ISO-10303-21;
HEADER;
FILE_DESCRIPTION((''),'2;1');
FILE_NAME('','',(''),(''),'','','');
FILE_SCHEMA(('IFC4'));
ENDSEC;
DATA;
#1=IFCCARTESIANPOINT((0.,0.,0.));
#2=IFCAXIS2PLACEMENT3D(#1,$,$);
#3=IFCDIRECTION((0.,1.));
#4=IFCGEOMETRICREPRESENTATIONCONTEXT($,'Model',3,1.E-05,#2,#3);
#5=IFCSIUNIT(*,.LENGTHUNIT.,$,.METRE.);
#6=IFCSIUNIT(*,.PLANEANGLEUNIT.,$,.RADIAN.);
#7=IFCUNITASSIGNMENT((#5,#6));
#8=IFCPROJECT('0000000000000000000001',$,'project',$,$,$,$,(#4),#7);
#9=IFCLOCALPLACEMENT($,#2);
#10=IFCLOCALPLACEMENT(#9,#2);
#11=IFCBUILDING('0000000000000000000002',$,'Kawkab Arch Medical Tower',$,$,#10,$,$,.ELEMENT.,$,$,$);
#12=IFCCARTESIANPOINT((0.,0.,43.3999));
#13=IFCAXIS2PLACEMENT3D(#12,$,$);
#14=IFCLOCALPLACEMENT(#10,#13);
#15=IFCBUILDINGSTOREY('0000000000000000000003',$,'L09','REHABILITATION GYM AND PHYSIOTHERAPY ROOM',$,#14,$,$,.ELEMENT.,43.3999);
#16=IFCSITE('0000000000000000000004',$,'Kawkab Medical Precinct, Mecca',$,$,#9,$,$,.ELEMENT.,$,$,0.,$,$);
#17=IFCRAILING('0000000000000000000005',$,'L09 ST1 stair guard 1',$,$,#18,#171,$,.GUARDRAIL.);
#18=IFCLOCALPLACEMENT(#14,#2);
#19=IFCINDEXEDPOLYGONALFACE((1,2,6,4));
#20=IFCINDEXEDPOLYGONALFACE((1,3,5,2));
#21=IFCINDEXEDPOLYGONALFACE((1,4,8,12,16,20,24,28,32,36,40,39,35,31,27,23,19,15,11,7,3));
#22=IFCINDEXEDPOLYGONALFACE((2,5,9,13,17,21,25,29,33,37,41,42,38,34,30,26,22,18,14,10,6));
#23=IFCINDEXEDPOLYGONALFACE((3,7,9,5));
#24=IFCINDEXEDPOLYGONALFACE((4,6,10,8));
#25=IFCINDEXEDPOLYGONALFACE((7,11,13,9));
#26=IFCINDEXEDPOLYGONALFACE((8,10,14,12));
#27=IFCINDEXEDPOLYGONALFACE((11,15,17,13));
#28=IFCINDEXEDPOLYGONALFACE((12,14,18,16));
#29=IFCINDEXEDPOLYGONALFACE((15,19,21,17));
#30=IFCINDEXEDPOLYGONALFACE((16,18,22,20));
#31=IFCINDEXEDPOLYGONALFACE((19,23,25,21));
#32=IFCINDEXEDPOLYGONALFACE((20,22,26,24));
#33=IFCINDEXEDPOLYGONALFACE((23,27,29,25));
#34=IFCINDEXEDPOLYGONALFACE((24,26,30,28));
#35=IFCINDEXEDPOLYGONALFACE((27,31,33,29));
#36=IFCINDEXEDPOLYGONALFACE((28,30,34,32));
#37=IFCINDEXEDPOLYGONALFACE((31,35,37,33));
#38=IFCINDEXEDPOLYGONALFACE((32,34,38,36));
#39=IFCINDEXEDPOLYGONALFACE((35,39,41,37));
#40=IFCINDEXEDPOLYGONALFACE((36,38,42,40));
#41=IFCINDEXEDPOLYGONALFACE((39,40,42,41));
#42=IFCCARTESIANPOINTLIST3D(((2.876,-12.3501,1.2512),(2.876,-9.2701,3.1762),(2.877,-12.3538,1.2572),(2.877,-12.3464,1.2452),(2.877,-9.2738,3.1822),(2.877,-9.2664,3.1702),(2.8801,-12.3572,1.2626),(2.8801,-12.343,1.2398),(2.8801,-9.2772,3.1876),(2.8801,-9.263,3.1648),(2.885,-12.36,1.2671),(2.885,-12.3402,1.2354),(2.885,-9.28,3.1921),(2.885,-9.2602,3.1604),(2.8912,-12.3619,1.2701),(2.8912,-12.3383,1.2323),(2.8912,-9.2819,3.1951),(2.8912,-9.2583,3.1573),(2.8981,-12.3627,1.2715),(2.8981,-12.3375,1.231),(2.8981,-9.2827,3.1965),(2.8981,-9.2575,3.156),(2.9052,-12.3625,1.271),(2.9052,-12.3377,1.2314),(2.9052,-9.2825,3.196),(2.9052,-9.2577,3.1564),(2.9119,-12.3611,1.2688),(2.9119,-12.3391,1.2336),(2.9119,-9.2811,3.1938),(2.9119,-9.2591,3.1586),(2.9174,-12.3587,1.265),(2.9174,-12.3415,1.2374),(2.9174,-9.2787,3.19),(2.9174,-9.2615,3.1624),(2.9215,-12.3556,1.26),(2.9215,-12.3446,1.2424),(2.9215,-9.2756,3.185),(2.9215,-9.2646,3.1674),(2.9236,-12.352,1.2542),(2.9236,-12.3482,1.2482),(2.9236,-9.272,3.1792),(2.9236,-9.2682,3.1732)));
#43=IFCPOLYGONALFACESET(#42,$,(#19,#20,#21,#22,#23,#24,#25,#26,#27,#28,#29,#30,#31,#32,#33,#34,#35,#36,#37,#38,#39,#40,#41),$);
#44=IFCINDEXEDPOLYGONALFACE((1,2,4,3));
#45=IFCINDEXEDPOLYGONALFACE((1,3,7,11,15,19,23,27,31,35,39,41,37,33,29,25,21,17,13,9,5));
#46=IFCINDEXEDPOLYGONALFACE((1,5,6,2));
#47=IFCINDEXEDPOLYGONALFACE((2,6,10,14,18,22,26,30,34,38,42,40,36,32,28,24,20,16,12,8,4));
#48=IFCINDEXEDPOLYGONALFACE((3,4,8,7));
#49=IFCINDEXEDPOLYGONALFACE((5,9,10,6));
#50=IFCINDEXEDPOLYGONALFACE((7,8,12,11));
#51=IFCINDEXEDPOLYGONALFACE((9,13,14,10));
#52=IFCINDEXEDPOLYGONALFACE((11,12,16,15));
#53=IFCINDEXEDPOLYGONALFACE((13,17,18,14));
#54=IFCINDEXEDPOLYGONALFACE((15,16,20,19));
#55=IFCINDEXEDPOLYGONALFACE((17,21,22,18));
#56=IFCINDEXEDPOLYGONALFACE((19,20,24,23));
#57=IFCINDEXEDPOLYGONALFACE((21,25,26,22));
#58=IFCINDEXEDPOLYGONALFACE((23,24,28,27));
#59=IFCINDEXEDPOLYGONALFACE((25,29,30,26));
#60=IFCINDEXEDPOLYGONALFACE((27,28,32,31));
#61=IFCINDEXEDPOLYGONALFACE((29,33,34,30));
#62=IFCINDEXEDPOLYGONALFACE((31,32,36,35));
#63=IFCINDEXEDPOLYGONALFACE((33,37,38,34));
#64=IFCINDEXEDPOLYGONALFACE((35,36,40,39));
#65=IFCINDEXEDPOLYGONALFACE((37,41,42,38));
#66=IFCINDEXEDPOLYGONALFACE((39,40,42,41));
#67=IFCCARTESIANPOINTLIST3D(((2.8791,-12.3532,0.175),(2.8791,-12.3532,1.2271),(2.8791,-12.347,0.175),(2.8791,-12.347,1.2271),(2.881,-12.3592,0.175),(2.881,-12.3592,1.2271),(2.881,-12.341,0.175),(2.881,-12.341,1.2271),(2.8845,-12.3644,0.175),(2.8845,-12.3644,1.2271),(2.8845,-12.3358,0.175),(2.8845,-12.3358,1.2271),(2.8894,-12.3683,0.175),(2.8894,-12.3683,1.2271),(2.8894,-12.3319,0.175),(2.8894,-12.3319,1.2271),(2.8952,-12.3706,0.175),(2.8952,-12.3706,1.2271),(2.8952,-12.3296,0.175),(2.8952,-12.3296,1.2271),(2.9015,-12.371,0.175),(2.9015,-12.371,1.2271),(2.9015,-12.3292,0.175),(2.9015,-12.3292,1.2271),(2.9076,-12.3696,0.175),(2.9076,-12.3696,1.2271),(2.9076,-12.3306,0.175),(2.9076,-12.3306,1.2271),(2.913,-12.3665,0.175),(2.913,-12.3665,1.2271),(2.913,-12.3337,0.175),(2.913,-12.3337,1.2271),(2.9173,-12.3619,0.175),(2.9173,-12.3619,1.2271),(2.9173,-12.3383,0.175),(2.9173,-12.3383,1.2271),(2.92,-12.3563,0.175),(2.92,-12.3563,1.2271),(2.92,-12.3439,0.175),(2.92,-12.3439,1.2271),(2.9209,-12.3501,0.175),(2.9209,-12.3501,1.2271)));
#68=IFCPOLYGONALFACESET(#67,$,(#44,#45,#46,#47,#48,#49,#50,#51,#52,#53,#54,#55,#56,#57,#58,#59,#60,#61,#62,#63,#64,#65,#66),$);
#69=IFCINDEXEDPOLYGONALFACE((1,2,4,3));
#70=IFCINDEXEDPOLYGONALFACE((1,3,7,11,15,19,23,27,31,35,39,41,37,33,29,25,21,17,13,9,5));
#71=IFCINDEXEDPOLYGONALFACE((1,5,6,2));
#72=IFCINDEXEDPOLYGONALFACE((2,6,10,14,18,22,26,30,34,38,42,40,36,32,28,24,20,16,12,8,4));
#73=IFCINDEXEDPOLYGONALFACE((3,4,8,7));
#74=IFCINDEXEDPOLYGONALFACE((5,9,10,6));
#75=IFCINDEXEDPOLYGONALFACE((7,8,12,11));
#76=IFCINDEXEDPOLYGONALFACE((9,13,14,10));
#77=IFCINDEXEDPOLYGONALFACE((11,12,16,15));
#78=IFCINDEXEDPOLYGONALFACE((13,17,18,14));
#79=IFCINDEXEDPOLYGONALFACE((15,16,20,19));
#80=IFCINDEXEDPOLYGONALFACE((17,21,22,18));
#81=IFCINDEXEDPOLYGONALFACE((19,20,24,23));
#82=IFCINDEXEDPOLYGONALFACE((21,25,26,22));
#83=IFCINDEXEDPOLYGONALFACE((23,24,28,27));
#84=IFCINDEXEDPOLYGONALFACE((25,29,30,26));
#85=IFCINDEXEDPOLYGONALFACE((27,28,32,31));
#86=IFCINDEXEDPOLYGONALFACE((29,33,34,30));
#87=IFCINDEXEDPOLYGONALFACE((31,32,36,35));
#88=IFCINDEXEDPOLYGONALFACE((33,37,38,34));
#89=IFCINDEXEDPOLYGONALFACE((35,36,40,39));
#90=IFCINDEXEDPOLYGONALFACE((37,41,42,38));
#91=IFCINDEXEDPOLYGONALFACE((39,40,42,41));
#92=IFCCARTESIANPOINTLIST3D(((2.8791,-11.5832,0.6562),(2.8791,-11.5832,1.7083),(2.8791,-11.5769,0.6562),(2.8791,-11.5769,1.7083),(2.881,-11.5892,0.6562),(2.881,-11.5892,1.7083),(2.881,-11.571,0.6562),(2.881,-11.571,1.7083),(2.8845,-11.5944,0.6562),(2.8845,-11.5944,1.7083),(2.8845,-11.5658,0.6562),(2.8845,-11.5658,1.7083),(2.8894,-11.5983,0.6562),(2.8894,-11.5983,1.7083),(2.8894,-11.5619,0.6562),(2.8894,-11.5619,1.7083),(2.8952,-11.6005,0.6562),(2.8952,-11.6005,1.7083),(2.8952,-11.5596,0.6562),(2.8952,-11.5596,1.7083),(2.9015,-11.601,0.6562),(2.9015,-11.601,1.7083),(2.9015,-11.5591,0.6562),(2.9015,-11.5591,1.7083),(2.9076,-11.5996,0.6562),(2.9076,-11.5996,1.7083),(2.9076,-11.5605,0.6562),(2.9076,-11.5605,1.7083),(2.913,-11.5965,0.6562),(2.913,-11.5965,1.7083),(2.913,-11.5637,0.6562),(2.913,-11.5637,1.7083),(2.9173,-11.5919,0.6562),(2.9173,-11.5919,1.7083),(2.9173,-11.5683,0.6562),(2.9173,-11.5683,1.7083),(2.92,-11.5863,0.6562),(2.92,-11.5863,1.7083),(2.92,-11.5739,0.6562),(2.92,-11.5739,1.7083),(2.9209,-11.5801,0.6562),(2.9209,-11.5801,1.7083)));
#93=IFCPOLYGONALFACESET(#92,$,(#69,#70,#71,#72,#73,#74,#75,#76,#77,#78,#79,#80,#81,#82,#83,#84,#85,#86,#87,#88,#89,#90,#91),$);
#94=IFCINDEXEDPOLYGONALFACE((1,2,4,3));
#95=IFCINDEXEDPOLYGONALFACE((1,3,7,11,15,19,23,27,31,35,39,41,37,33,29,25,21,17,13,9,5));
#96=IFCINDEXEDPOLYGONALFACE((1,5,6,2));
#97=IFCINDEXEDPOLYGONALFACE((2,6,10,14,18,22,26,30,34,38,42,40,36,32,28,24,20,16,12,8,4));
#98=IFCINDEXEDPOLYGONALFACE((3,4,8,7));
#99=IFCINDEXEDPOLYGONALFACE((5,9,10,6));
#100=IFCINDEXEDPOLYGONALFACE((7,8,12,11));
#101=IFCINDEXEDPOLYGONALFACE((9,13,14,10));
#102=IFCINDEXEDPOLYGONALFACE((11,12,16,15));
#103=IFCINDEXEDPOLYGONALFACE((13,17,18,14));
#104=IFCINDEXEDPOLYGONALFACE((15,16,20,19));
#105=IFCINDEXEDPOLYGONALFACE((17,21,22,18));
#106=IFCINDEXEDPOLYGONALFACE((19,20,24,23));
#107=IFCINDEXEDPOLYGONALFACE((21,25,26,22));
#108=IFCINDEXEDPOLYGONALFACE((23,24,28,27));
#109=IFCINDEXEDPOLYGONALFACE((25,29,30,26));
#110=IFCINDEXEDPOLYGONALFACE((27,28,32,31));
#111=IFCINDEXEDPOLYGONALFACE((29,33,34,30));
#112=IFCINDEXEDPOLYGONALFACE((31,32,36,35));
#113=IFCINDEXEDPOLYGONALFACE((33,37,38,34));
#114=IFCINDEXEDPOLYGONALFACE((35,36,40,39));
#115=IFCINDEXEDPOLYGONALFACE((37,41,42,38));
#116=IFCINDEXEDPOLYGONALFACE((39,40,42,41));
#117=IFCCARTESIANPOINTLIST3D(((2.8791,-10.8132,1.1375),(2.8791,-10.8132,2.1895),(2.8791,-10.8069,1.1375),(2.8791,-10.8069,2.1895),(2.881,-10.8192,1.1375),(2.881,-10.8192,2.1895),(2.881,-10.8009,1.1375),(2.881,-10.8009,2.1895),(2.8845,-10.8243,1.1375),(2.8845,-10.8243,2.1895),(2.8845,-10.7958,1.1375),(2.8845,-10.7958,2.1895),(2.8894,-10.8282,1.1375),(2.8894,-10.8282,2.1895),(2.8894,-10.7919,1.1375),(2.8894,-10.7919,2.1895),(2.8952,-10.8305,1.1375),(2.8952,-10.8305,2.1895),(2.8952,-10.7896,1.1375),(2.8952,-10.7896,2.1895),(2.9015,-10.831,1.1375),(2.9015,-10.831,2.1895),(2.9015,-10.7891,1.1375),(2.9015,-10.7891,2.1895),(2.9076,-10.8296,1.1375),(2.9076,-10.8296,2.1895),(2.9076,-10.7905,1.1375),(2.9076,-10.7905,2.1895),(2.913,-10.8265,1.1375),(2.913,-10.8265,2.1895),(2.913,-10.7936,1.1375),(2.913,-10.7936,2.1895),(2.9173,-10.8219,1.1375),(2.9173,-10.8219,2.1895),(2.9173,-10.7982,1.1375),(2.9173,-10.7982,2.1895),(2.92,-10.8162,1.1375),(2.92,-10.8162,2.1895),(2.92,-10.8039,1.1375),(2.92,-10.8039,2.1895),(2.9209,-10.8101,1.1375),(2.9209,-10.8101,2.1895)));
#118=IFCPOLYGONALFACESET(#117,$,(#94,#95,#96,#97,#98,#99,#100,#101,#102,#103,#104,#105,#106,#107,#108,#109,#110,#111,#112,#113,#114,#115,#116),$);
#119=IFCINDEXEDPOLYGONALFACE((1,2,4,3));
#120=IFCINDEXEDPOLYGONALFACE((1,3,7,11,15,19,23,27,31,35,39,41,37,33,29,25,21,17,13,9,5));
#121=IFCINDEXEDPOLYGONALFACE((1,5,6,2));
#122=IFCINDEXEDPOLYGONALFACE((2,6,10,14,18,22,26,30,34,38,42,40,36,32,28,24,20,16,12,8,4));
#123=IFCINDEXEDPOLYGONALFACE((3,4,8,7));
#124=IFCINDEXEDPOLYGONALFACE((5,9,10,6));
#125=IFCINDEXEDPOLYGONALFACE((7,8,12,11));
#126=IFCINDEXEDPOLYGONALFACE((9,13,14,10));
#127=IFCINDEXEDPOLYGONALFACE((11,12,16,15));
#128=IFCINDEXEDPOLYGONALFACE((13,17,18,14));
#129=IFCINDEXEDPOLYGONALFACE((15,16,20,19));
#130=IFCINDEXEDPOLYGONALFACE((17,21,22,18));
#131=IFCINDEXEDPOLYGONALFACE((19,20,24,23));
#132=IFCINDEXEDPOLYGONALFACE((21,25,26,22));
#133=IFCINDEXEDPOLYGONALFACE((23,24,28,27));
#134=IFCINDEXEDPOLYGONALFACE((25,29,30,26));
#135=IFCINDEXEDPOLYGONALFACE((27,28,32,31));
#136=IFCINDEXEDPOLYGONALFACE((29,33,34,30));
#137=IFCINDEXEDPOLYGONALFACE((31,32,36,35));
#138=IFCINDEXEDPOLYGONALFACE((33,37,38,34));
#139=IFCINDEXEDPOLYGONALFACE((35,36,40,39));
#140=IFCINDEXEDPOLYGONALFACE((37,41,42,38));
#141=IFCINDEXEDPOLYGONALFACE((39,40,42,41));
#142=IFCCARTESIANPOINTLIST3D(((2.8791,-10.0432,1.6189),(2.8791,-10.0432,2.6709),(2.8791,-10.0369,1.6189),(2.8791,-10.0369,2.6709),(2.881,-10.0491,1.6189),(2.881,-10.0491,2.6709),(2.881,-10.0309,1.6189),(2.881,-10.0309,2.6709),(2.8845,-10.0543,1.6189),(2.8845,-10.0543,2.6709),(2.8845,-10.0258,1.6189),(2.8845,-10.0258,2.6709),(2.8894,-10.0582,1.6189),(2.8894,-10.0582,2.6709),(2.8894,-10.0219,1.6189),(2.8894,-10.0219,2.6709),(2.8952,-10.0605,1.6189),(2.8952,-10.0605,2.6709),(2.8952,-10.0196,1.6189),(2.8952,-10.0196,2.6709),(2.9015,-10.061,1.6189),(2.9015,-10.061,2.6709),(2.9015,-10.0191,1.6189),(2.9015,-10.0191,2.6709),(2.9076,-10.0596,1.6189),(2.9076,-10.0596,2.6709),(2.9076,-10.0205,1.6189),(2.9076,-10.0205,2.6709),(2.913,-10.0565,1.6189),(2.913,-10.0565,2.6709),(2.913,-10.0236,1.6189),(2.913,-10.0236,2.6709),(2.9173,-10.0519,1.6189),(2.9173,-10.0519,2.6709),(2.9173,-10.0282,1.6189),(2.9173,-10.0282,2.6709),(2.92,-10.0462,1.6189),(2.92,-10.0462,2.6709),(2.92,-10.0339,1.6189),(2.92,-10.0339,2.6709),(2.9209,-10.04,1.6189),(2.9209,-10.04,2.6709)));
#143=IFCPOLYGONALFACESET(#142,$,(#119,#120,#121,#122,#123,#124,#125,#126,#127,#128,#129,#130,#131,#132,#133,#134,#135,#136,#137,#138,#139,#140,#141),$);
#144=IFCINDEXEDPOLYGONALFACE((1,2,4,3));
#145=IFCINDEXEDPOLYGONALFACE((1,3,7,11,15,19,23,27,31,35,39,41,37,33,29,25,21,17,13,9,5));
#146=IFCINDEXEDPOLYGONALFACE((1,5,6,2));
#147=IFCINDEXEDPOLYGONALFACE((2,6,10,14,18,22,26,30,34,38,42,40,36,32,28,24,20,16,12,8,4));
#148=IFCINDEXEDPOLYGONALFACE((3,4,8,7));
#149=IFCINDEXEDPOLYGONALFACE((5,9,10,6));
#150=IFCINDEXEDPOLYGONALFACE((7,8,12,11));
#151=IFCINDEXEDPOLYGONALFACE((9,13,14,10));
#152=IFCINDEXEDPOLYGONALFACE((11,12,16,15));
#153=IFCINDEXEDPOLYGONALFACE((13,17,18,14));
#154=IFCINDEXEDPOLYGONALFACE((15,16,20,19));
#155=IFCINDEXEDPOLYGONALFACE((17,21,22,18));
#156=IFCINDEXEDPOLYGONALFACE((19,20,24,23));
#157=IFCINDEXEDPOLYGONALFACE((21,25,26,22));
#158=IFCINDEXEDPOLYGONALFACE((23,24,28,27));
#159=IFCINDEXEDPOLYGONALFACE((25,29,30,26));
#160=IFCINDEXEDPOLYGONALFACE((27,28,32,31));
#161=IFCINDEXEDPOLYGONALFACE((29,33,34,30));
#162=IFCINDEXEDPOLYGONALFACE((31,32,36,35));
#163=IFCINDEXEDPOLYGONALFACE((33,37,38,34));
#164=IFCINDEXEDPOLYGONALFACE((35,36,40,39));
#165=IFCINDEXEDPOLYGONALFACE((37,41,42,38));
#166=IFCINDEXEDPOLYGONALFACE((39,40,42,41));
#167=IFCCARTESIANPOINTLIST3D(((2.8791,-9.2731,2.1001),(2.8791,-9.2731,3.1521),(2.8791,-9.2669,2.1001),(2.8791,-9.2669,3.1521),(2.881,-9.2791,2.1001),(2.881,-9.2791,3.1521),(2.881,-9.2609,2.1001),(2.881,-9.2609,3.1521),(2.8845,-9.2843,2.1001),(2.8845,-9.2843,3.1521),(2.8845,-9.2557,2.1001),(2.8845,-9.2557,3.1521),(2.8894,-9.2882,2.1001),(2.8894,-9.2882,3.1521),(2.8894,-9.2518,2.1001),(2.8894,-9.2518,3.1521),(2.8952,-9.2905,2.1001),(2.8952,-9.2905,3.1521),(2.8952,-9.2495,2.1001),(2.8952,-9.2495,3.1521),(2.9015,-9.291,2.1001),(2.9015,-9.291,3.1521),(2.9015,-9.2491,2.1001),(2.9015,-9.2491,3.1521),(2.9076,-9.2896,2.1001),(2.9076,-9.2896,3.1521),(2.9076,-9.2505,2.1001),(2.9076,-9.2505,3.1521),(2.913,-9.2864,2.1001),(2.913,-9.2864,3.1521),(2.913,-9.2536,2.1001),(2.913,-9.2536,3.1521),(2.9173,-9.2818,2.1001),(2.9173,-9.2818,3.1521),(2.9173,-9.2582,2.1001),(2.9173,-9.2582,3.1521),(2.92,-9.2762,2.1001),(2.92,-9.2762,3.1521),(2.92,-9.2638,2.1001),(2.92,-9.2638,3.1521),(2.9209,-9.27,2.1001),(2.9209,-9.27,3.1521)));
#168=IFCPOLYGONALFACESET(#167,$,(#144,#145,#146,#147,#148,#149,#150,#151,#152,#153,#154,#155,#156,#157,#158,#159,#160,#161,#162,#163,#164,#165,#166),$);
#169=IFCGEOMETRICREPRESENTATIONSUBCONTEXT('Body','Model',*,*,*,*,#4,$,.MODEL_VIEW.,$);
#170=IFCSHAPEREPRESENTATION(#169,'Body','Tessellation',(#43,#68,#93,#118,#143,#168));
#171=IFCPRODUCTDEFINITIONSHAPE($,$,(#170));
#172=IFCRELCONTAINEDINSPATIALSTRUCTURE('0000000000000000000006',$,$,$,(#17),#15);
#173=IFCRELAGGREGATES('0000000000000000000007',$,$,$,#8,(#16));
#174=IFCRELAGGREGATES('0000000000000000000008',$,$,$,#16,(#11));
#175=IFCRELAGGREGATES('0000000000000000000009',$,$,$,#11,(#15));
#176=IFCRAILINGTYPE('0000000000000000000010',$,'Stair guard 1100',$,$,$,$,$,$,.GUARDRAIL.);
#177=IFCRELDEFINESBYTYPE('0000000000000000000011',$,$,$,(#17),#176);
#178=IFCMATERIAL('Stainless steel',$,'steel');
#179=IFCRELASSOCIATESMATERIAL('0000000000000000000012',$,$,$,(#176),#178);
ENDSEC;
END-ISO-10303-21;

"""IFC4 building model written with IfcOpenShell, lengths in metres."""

from ifc_helpers import new_model, si_unit, direction, frame, origin, origin_2d, place, context, subcontext, project, spatial, circle, extrude, material, type_object, element, save


model = new_model("IFC4")

# Units and contexts
model_context = context("Model", 3, precision=1e-05, world=origin(), true_north=direction((0.0, 1.0)))
body_context = subcontext(model_context, "Body", "Model", "MODEL_VIEW")
ifc_project = project(units=[si_unit("LENGTHUNIT", "METRE"), si_unit("PLANEANGLEUNIT", "RADIAN")], contexts=[model_context])

# Site, building, storey
site_placement = place(None, origin())
site = spatial("IfcSite", under=ifc_project, at=site_placement, Name="Kawkab Medical Precinct, Mecca", CompositionType="ELEMENT", RefElevation=0.0)
building_placement = place(site_placement, origin())
building = spatial("IfcBuilding", under=site, at=building_placement, Name="Kawkab Arch Medical Tower", CompositionType="ELEMENT")
storey_placement = place(building_placement, frame((0.0, 0.0, 43.3999)))
storey = spatial("IfcBuildingStorey", under=building, at=storey_placement, Name="L09", Description="REHABILITATION GYM AND PHYSIOTHERAPY ROOM", CompositionType="ELEMENT", Elevation=43.3999)

# Railing
ifc_material_1 = material(Name="Stainless steel", Category="steel")
railing_type_1 = type_object("IfcRailingType", Name="Stair guard 1100", PredefinedType="GUARDRAIL", material=ifc_material_1)
railing_1_placement = place(storey_placement, frame((2.8999, -12.3501, 0.175)))
element("IfcRailing", 1, at=railing_1_placement, inside=storey, type_object=railing_type_1, Name="L09 ST1 stair guard 1", PredefinedType="GUARDRAIL", context=body_context, shape_type="SweptSolid", body=[
    extrude(circle(Radius=0.0239, at=origin_2d()), frame((0.0, 0.0, 1.0762), z_axis=(0.0, 0.847998, 0.529999), x_axis=(-1.0, 0.0, 0.0)), (0.0, 0.0, 1.0), 3.6321),
    extrude(circle(Radius=0.021, at=origin_2d()), origin(), (0.0, 0.0, 1.0), 1.052),
    extrude(circle(Radius=0.021, at=origin_2d()), frame((0.0, 0.77, 0.4812)), (0.0, 0.0, 1.0), 1.052),
    extrude(circle(Radius=0.021, at=origin_2d()), frame((0.0, 1.54, 0.9624)), (0.0, 0.0, 1.0), 1.052),
    extrude(circle(Radius=0.021, at=origin_2d()), frame((0.0, 2.3101, 1.4438)), (0.0, 0.0, 1.0), 1.052),
    extrude(circle(Radius=0.021, at=origin_2d()), frame((0.0, 3.0801, 1.925)), (0.0, 0.0, 1.0), 1.052),
])

save(model, "model.ifc")
